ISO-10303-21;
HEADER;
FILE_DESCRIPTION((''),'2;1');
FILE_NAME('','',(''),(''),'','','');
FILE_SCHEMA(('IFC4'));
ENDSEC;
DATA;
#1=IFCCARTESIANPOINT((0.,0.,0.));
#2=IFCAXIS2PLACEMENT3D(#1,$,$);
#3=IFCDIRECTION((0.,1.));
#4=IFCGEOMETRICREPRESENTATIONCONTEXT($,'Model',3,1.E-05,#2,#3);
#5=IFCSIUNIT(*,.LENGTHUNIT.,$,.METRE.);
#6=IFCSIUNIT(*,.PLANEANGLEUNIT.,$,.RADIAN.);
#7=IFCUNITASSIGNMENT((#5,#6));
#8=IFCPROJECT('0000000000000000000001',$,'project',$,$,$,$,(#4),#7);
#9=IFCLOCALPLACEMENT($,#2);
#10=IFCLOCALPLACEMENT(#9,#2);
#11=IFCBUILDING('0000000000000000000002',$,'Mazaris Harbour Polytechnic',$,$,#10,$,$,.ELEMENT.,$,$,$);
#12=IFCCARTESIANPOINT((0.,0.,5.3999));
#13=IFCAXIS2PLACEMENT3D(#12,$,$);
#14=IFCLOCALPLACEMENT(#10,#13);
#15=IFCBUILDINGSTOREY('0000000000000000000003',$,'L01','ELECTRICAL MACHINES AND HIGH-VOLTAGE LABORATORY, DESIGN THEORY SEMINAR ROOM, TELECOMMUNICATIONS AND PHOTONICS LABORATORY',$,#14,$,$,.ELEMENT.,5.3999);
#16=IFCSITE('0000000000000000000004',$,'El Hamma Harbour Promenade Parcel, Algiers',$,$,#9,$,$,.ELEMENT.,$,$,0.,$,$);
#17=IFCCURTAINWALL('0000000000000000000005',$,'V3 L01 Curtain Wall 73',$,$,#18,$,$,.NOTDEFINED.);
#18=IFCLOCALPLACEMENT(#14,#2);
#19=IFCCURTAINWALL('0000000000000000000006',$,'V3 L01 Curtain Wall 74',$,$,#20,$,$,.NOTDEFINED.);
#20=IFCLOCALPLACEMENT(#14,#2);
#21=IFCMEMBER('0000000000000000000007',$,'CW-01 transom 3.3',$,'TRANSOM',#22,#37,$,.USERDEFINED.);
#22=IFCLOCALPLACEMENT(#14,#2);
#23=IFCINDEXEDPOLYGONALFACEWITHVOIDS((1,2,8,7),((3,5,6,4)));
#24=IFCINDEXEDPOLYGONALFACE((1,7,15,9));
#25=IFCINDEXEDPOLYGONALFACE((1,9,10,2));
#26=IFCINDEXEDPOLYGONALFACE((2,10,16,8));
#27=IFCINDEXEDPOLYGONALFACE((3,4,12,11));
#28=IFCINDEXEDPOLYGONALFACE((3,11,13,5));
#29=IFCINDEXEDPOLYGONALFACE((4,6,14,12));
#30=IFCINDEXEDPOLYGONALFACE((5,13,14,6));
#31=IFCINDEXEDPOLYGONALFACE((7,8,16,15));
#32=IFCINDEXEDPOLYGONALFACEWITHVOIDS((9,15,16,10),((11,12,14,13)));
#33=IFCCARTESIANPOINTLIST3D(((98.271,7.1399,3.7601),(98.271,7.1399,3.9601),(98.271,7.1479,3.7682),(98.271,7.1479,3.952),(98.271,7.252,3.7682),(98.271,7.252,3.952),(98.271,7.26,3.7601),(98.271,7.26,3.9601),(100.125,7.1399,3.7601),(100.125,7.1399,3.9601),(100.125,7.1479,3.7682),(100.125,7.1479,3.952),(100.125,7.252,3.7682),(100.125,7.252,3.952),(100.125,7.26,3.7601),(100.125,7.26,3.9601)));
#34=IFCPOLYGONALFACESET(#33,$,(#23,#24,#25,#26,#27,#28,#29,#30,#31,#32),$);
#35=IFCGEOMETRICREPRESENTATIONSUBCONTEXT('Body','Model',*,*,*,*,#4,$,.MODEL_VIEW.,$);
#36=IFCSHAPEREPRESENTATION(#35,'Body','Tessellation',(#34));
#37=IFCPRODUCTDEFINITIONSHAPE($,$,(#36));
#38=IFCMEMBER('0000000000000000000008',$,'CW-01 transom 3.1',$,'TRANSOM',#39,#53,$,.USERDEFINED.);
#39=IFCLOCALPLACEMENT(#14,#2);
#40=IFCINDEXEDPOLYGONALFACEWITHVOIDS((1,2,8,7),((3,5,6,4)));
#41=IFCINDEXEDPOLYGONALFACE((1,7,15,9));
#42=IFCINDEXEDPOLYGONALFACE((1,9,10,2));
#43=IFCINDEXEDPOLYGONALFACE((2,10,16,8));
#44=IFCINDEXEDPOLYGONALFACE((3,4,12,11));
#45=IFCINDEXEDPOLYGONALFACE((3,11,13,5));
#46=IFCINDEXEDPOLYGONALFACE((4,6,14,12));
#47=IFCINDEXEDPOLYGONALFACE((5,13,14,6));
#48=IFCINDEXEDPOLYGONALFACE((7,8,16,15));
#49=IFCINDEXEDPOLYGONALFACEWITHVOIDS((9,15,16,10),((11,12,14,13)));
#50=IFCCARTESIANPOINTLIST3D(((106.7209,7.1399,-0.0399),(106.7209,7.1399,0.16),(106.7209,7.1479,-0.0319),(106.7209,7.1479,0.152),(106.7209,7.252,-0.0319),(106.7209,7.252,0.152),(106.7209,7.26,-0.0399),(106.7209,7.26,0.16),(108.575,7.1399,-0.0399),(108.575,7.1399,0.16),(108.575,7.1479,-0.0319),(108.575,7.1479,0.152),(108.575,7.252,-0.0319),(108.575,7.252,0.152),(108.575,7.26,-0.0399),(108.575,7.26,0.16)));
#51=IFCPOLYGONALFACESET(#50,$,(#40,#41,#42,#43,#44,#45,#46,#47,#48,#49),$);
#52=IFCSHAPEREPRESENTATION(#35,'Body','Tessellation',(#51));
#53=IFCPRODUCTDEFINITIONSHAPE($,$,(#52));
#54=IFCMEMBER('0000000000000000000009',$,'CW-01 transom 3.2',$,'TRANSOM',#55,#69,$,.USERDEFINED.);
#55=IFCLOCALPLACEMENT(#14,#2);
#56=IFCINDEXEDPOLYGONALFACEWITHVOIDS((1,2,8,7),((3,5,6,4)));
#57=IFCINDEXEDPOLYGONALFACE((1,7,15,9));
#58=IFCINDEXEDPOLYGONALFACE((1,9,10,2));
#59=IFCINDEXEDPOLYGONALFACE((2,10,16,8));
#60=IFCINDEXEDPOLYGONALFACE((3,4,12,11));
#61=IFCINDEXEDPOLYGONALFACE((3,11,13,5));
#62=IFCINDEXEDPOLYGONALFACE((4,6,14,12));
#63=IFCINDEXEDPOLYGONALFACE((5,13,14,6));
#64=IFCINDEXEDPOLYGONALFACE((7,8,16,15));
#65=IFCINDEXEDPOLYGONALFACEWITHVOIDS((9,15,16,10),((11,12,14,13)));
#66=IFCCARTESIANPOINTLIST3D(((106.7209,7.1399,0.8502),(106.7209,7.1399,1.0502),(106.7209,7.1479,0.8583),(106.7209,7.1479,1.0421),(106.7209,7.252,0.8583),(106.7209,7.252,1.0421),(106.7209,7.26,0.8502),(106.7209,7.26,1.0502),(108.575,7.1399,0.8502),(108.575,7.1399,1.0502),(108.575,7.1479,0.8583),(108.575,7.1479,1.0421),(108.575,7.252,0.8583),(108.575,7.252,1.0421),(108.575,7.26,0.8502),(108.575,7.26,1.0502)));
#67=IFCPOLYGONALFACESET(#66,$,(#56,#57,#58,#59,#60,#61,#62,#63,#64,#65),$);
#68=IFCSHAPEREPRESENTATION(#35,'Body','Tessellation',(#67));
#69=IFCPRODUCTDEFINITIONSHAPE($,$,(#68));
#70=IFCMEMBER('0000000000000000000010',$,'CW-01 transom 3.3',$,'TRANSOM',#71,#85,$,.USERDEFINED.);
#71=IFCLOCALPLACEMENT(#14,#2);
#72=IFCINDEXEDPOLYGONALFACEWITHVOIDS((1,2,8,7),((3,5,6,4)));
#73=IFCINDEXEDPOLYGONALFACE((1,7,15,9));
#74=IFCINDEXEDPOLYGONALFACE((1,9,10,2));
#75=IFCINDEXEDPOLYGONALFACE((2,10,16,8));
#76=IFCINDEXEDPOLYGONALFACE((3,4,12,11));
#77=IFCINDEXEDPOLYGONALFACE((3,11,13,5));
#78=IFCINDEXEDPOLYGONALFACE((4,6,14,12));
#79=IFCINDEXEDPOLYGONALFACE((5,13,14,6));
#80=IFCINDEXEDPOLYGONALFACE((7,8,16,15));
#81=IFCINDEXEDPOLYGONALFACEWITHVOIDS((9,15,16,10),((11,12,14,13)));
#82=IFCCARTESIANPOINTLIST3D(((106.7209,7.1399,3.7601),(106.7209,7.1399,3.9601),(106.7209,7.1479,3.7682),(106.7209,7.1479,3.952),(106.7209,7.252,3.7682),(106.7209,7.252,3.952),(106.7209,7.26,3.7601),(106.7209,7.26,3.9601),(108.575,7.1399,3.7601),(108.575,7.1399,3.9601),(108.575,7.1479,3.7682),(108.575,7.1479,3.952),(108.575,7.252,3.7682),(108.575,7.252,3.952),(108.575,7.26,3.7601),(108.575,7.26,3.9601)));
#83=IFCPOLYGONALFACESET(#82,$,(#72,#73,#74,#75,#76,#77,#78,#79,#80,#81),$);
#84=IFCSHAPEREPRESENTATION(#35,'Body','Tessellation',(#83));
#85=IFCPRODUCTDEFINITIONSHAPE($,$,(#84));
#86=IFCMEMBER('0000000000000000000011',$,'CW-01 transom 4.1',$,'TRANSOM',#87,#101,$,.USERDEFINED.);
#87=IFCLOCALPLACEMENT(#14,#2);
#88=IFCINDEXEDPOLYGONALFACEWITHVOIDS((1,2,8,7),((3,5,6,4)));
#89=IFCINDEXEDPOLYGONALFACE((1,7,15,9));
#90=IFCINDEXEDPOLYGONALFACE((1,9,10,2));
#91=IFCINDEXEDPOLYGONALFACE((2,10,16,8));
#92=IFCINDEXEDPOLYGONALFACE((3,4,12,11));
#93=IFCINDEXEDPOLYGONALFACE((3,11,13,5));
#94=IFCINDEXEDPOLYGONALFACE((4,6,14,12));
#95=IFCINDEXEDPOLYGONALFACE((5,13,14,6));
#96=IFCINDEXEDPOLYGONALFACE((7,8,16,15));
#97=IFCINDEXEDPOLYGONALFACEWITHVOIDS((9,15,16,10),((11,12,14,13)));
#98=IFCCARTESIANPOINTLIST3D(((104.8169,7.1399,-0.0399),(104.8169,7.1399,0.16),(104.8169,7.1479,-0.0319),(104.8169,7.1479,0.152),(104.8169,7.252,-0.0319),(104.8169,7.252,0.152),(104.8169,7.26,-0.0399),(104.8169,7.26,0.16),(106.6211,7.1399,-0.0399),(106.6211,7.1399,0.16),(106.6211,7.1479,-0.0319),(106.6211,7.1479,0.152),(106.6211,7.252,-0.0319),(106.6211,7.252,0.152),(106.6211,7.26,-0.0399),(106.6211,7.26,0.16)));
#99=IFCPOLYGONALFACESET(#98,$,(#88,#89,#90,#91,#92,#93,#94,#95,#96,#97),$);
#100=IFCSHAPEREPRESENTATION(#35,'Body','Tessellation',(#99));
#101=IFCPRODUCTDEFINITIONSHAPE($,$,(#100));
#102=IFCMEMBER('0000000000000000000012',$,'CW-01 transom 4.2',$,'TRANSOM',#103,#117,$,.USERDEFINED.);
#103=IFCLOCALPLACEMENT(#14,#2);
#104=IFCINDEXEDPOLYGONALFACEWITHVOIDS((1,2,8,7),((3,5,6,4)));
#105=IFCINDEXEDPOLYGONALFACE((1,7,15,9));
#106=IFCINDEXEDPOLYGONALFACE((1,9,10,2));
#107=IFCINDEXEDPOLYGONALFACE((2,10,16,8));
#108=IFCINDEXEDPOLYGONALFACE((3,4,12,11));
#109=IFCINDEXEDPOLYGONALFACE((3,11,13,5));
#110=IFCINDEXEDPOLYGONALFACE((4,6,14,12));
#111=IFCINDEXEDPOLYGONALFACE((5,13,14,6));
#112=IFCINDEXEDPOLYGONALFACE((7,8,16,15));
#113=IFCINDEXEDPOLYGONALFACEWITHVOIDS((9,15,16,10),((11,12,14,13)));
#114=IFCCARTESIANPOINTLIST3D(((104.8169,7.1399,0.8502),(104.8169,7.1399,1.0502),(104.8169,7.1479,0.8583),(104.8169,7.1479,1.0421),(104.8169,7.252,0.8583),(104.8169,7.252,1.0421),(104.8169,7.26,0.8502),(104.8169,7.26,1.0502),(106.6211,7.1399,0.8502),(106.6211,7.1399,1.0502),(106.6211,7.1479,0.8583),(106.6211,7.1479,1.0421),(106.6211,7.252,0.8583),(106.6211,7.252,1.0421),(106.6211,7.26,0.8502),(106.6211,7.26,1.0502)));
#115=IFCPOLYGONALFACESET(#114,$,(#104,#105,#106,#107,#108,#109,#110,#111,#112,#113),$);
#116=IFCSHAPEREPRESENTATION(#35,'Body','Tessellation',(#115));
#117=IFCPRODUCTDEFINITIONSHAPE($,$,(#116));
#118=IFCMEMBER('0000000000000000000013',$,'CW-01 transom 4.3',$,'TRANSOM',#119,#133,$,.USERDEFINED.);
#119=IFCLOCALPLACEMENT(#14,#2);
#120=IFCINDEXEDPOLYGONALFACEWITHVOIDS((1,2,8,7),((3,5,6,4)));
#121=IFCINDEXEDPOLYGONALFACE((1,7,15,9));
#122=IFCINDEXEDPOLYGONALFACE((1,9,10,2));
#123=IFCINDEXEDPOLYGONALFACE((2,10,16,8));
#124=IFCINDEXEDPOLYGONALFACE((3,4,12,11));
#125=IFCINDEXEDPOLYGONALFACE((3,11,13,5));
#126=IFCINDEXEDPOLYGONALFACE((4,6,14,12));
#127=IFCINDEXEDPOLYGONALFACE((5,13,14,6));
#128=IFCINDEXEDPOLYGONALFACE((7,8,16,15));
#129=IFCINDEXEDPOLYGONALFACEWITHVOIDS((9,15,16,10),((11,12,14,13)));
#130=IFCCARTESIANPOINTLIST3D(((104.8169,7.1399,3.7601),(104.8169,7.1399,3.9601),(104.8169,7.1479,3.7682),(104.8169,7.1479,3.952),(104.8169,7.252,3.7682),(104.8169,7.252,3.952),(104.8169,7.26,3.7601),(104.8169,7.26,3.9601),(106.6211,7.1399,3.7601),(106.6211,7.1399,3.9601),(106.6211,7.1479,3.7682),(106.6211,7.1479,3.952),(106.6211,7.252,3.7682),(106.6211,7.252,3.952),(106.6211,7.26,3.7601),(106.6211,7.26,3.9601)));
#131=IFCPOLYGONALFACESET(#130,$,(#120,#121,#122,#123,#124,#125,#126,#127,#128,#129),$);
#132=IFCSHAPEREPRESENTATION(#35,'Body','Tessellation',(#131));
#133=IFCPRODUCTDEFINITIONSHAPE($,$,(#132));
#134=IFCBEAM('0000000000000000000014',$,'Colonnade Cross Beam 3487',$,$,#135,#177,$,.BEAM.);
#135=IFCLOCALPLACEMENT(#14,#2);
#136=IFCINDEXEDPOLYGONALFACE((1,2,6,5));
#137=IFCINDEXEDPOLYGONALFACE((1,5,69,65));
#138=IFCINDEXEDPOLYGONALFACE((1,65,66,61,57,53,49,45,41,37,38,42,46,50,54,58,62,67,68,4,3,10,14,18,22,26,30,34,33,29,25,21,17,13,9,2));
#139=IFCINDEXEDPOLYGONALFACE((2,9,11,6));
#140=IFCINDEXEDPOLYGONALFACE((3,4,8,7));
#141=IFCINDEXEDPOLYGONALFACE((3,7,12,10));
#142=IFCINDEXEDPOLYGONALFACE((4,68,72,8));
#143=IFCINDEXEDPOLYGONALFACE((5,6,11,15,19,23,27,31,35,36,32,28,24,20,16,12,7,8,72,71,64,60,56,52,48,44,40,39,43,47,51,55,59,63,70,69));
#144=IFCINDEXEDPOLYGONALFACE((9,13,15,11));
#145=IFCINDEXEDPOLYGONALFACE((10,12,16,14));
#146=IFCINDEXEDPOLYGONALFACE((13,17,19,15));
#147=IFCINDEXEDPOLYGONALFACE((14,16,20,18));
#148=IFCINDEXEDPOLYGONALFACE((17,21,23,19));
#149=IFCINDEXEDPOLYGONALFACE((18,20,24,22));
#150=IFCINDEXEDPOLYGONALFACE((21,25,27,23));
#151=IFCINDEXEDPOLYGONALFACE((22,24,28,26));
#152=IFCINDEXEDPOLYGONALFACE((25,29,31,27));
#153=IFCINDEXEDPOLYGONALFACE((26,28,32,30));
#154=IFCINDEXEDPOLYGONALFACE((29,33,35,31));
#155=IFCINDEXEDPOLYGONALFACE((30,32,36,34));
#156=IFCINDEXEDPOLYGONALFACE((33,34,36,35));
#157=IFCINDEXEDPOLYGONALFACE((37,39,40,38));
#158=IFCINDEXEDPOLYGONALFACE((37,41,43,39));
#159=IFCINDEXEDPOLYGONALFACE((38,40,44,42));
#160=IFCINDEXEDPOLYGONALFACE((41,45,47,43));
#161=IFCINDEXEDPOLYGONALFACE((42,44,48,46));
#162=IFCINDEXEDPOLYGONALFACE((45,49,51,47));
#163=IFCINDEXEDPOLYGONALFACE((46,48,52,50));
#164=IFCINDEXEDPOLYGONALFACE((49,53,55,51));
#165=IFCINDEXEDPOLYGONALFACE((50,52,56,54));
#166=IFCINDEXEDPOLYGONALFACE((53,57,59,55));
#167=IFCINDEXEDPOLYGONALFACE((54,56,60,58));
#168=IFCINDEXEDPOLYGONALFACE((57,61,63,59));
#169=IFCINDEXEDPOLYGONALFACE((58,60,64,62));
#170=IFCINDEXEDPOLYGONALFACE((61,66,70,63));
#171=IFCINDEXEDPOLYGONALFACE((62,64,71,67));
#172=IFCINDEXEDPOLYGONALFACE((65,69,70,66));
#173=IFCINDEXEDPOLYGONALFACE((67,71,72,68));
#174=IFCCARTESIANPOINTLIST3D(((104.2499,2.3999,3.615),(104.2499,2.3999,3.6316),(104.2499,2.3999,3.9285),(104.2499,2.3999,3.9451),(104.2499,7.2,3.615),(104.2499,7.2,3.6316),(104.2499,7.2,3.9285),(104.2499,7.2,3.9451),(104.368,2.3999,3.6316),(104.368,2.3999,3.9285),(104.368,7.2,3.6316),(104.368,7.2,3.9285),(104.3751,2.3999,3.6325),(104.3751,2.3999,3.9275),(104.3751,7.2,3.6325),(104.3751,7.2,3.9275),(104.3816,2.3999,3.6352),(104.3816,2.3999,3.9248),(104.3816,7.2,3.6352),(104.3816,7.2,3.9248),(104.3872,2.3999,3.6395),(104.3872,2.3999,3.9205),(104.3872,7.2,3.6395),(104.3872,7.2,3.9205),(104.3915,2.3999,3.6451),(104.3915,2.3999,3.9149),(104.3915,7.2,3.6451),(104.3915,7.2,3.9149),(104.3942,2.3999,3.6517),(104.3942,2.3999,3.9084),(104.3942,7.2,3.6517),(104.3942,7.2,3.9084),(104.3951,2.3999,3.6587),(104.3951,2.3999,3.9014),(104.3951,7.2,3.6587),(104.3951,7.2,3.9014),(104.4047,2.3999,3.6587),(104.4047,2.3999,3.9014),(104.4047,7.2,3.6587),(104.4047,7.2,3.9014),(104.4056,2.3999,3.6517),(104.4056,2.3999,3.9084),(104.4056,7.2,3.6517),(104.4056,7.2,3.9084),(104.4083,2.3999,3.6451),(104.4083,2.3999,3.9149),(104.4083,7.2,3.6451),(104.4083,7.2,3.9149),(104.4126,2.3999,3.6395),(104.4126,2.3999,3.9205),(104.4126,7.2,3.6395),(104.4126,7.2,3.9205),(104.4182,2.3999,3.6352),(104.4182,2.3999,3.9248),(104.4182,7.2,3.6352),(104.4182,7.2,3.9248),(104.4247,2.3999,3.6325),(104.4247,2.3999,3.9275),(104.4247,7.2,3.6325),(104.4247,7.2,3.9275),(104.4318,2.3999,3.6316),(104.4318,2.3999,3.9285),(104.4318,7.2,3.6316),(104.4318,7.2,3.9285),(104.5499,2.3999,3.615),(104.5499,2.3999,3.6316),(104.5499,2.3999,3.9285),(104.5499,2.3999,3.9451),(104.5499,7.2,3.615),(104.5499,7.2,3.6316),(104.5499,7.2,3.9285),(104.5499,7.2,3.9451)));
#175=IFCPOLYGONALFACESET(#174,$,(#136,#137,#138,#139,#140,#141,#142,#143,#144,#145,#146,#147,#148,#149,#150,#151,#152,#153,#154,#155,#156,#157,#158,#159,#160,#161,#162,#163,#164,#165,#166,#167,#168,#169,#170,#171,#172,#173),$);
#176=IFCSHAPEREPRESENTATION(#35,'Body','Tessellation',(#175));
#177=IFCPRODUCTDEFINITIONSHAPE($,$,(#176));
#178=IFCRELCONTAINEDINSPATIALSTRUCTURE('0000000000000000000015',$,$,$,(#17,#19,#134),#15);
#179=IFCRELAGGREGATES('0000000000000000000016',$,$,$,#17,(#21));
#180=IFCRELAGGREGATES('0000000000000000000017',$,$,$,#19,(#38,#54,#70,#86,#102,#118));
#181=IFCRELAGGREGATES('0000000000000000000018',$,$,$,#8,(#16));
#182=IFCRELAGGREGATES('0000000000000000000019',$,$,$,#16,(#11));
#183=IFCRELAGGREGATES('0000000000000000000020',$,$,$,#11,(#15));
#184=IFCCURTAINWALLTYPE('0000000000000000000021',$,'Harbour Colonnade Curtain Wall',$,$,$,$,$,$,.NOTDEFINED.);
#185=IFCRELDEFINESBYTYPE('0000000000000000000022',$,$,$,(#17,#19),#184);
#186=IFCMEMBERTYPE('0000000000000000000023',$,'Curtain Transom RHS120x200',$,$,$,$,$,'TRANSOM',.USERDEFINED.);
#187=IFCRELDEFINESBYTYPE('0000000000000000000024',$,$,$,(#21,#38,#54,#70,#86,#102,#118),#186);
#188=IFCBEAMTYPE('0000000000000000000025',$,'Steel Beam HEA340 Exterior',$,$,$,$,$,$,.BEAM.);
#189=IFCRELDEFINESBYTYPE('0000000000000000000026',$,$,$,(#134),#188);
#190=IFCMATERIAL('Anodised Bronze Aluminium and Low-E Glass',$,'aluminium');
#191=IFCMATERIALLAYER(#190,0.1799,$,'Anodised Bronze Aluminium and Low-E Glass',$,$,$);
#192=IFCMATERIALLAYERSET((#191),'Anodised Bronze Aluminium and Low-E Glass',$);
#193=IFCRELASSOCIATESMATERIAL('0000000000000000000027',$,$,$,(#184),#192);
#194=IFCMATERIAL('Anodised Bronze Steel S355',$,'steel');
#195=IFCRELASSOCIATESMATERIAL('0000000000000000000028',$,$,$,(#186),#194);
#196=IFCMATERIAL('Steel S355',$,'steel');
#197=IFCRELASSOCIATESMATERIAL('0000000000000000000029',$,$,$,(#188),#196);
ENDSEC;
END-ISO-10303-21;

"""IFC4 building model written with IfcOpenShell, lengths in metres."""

from ifc_helpers import new_model, si_unit, direction, frame, origin, origin_2d, place, context, subcontext, project, spatial, hollow_rectangle, i_section, extrude, material, layer, layer_set, material_profile, profile_set, type_object, element, aggregate, save


model = new_model("IFC4")

# Units and contexts
model_context = context("Model", 3, precision=1e-05, world=origin(), true_north=direction((0.0, 1.0)))
body_context = subcontext(model_context, "Body", "Model", "MODEL_VIEW")
ifc_project = project(units=[si_unit("LENGTHUNIT", "METRE"), si_unit("PLANEANGLEUNIT", "RADIAN")], contexts=[model_context])

# Site, building, storey
site_placement = place(None, origin())
site = spatial("IfcSite", under=ifc_project, at=site_placement, Name="El Hamma Harbour Promenade Parcel, Algiers", CompositionType="ELEMENT", RefElevation=0.0)
building_placement = place(site_placement, origin())
building = spatial("IfcBuilding", under=site, at=building_placement, Name="Mazaris Harbour Polytechnic", CompositionType="ELEMENT")
storey_placement = place(building_placement, frame((0.0, 0.0, 5.3999)))
storey = spatial("IfcBuildingStorey", under=building, at=storey_placement, Name="L01", Description="ELECTRICAL MACHINES AND HIGH-VOLTAGE LABORATORY, DESIGN THEORY SEMINAR ROOM, TELECOMMUNICATIONS AND PHOTONICS LABORATORY", CompositionType="ELEMENT", Elevation=5.3999)

# Curtain walls
ifc_material_1 = material(Name="Anodised Bronze Aluminium and Low-E Glass", Category="aluminium")
ifc_layer_1 = layer(ifc_material_1, 0.1799, Name="Anodised Bronze Aluminium and Low-E Glass")
ifc_layer_set_1 = layer_set([ifc_layer_1], Name="Anodised Bronze Aluminium and Low-E Glass")
curtain_wall_type = type_object("IfcCurtainWallType", Name="Harbour Colonnade Curtain Wall", PredefinedType="NOTDEFINED", material=ifc_layer_set_1)
curtain_wall_1_placement = place(storey_placement, origin())
curtain_wall_1 = element("IfcCurtainWall", 1, at=curtain_wall_1_placement, inside=storey, type_object=curtain_wall_type, Name="V3 L01 Curtain Wall 73", PredefinedType="NOTDEFINED")
curtain_wall_2_placement = place(storey_placement, origin())
curtain_wall_2 = element("IfcCurtainWall", 2, at=curtain_wall_2_placement, inside=storey, type_object=curtain_wall_type, Name="V3 L01 Curtain Wall 74", PredefinedType="NOTDEFINED")

# Members
ifc_material_2 = material(Name="Anodised Bronze Steel S355", Category="steel")
ifc_material_profile_1 = material_profile(ifc_material_2, hollow_rectangle(XDim=0.1201, YDim=0.2, WallThickness=0.0081, at=origin_2d()), Name="RHS 120x200x8.0")
ifc_profile_set_1 = profile_set([ifc_material_profile_1], Name="Anodised Bronze Steel S355")
member_type_1 = type_object("IfcMemberType", Name="Curtain Transom RHS120x200", ElementType="TRANSOM", PredefinedType="USERDEFINED", material=ifc_profile_set_1)
member_1_placement = place(storey_placement, frame((100.125, 7.2, 3.8601), z_axis=(-1.0, 0.0, 0.0), x_axis=(0.0, -1.0, 0.0)))
member_1 = element("IfcMember", 3, at=member_1_placement, type_object=member_type_1, Name="CW-01 transom 3.3", ObjectType="TRANSOM", PredefinedType="USERDEFINED", context=body_context, shape_type="SweptSolid", body=[
    extrude(hollow_rectangle(XDim=0.1201, YDim=0.2, WallThickness=0.0081, at=origin_2d()), origin(), (0.0, 0.0, 1.0), 1.854),
])
member_2_placement = place(storey_placement, frame((108.575, 7.2, 0.0601), z_axis=(-1.0, 0.0, 0.0), x_axis=(0.0, -1.0, 0.0)))
member_2 = element("IfcMember", 4, at=member_2_placement, type_object=member_type_1, Name="CW-01 transom 3.1", ObjectType="TRANSOM", PredefinedType="USERDEFINED", context=body_context, shape_type="SweptSolid", body=[
    extrude(hollow_rectangle(XDim=0.1201, YDim=0.2, WallThickness=0.0081, at=origin_2d()), origin(), (0.0, 0.0, 1.0), 1.854),
])
member_3_placement = place(storey_placement, frame((108.575, 7.2, 0.9502), z_axis=(-1.0, 0.0, 0.0), x_axis=(0.0, -1.0, 0.0)))
member_3 = element("IfcMember", 5, at=member_3_placement, type_object=member_type_1, Name="CW-01 transom 3.2", ObjectType="TRANSOM", PredefinedType="USERDEFINED", context=body_context, shape_type="SweptSolid", body=[
    extrude(hollow_rectangle(XDim=0.1201, YDim=0.2, WallThickness=0.0081, at=origin_2d()), origin(), (0.0, 0.0, 1.0), 1.854),
])
member_4_placement = place(storey_placement, frame((108.575, 7.2, 3.8601), z_axis=(-1.0, 0.0, 0.0), x_axis=(0.0, -1.0, 0.0)))
member_4 = element("IfcMember", 6, at=member_4_placement, type_object=member_type_1, Name="CW-01 transom 3.3", ObjectType="TRANSOM", PredefinedType="USERDEFINED", context=body_context, shape_type="SweptSolid", body=[
    extrude(hollow_rectangle(XDim=0.1201, YDim=0.2, WallThickness=0.0081, at=origin_2d()), origin(), (0.0, 0.0, 1.0), 1.854),
])
member_5_placement = place(storey_placement, frame((106.6211, 7.2, 0.0601), z_axis=(-1.0, 0.0, 0.0), x_axis=(0.0, -1.0, 0.0)))
member_5 = element("IfcMember", 7, at=member_5_placement, type_object=member_type_1, Name="CW-01 transom 4.1", ObjectType="TRANSOM", PredefinedType="USERDEFINED", context=body_context, shape_type="SweptSolid", body=[
    extrude(hollow_rectangle(XDim=0.1201, YDim=0.2, WallThickness=0.0081, at=origin_2d()), origin(), (0.0, 0.0, 1.0), 1.8042),
])
member_6_placement = place(storey_placement, frame((106.6211, 7.2, 0.9502), z_axis=(-1.0, 0.0, 0.0), x_axis=(0.0, -1.0, 0.0)))
member_6 = element("IfcMember", 8, at=member_6_placement, type_object=member_type_1, Name="CW-01 transom 4.2", ObjectType="TRANSOM", PredefinedType="USERDEFINED", context=body_context, shape_type="SweptSolid", body=[
    extrude(hollow_rectangle(XDim=0.1201, YDim=0.2, WallThickness=0.0081, at=origin_2d()), origin(), (0.0, 0.0, 1.0), 1.8042),
])
member_7_placement = place(storey_placement, frame((106.6211, 7.2, 3.8601), z_axis=(-1.0, 0.0, 0.0), x_axis=(0.0, -1.0, 0.0)))
member_7 = element("IfcMember", 9, at=member_7_placement, type_object=member_type_1, Name="CW-01 transom 4.3", ObjectType="TRANSOM", PredefinedType="USERDEFINED", context=body_context, shape_type="SweptSolid", body=[
    extrude(hollow_rectangle(XDim=0.1201, YDim=0.2, WallThickness=0.0081, at=origin_2d()), origin(), (0.0, 0.0, 1.0), 1.8042),
])

# Beam
ifc_material_3 = material(Name="Steel S355", Category="steel")
ifc_material_profile_2 = material_profile(ifc_material_3, i_section(OverallWidth=0.3, OverallDepth=0.3301, WebThickness=0.0095, FlangeThickness=0.0166, FilletRadius=0.0271, at=origin_2d()), Name="HEA 340")
ifc_profile_set_2 = profile_set([ifc_material_profile_2], Name="Steel S355")
beam_type = type_object("IfcBeamType", Name="Steel Beam HEA340 Exterior", PredefinedType="BEAM", material=ifc_profile_set_2)
for number, where, z_axis, x_axis, name in (
    (10, (104.3999, 2.3999, 3.78), (0.0, 1.0, 0.0), (-1.0, 0.0, 0.0), "Colonnade Cross Beam 3487"),
):
    element("IfcBeam", number, at=place(storey_placement, frame(where, z_axis=z_axis, x_axis=x_axis)), inside=storey, type_object=beam_type, Name=name, PredefinedType="BEAM", context=body_context, shape_type="SweptSolid", body=[
        extrude(i_section(OverallWidth=0.3, OverallDepth=0.3301, WebThickness=0.0095, FlangeThickness=0.0166, FilletRadius=0.0271, at=origin_2d()), origin(), (0.0, 0.0, 1.0), 4.8),
    ])

aggregate(curtain_wall_1, [member_1])
aggregate(curtain_wall_2, [member_2, member_3, member_4, member_5, member_6, member_7])

save(model, "model.ifc")
